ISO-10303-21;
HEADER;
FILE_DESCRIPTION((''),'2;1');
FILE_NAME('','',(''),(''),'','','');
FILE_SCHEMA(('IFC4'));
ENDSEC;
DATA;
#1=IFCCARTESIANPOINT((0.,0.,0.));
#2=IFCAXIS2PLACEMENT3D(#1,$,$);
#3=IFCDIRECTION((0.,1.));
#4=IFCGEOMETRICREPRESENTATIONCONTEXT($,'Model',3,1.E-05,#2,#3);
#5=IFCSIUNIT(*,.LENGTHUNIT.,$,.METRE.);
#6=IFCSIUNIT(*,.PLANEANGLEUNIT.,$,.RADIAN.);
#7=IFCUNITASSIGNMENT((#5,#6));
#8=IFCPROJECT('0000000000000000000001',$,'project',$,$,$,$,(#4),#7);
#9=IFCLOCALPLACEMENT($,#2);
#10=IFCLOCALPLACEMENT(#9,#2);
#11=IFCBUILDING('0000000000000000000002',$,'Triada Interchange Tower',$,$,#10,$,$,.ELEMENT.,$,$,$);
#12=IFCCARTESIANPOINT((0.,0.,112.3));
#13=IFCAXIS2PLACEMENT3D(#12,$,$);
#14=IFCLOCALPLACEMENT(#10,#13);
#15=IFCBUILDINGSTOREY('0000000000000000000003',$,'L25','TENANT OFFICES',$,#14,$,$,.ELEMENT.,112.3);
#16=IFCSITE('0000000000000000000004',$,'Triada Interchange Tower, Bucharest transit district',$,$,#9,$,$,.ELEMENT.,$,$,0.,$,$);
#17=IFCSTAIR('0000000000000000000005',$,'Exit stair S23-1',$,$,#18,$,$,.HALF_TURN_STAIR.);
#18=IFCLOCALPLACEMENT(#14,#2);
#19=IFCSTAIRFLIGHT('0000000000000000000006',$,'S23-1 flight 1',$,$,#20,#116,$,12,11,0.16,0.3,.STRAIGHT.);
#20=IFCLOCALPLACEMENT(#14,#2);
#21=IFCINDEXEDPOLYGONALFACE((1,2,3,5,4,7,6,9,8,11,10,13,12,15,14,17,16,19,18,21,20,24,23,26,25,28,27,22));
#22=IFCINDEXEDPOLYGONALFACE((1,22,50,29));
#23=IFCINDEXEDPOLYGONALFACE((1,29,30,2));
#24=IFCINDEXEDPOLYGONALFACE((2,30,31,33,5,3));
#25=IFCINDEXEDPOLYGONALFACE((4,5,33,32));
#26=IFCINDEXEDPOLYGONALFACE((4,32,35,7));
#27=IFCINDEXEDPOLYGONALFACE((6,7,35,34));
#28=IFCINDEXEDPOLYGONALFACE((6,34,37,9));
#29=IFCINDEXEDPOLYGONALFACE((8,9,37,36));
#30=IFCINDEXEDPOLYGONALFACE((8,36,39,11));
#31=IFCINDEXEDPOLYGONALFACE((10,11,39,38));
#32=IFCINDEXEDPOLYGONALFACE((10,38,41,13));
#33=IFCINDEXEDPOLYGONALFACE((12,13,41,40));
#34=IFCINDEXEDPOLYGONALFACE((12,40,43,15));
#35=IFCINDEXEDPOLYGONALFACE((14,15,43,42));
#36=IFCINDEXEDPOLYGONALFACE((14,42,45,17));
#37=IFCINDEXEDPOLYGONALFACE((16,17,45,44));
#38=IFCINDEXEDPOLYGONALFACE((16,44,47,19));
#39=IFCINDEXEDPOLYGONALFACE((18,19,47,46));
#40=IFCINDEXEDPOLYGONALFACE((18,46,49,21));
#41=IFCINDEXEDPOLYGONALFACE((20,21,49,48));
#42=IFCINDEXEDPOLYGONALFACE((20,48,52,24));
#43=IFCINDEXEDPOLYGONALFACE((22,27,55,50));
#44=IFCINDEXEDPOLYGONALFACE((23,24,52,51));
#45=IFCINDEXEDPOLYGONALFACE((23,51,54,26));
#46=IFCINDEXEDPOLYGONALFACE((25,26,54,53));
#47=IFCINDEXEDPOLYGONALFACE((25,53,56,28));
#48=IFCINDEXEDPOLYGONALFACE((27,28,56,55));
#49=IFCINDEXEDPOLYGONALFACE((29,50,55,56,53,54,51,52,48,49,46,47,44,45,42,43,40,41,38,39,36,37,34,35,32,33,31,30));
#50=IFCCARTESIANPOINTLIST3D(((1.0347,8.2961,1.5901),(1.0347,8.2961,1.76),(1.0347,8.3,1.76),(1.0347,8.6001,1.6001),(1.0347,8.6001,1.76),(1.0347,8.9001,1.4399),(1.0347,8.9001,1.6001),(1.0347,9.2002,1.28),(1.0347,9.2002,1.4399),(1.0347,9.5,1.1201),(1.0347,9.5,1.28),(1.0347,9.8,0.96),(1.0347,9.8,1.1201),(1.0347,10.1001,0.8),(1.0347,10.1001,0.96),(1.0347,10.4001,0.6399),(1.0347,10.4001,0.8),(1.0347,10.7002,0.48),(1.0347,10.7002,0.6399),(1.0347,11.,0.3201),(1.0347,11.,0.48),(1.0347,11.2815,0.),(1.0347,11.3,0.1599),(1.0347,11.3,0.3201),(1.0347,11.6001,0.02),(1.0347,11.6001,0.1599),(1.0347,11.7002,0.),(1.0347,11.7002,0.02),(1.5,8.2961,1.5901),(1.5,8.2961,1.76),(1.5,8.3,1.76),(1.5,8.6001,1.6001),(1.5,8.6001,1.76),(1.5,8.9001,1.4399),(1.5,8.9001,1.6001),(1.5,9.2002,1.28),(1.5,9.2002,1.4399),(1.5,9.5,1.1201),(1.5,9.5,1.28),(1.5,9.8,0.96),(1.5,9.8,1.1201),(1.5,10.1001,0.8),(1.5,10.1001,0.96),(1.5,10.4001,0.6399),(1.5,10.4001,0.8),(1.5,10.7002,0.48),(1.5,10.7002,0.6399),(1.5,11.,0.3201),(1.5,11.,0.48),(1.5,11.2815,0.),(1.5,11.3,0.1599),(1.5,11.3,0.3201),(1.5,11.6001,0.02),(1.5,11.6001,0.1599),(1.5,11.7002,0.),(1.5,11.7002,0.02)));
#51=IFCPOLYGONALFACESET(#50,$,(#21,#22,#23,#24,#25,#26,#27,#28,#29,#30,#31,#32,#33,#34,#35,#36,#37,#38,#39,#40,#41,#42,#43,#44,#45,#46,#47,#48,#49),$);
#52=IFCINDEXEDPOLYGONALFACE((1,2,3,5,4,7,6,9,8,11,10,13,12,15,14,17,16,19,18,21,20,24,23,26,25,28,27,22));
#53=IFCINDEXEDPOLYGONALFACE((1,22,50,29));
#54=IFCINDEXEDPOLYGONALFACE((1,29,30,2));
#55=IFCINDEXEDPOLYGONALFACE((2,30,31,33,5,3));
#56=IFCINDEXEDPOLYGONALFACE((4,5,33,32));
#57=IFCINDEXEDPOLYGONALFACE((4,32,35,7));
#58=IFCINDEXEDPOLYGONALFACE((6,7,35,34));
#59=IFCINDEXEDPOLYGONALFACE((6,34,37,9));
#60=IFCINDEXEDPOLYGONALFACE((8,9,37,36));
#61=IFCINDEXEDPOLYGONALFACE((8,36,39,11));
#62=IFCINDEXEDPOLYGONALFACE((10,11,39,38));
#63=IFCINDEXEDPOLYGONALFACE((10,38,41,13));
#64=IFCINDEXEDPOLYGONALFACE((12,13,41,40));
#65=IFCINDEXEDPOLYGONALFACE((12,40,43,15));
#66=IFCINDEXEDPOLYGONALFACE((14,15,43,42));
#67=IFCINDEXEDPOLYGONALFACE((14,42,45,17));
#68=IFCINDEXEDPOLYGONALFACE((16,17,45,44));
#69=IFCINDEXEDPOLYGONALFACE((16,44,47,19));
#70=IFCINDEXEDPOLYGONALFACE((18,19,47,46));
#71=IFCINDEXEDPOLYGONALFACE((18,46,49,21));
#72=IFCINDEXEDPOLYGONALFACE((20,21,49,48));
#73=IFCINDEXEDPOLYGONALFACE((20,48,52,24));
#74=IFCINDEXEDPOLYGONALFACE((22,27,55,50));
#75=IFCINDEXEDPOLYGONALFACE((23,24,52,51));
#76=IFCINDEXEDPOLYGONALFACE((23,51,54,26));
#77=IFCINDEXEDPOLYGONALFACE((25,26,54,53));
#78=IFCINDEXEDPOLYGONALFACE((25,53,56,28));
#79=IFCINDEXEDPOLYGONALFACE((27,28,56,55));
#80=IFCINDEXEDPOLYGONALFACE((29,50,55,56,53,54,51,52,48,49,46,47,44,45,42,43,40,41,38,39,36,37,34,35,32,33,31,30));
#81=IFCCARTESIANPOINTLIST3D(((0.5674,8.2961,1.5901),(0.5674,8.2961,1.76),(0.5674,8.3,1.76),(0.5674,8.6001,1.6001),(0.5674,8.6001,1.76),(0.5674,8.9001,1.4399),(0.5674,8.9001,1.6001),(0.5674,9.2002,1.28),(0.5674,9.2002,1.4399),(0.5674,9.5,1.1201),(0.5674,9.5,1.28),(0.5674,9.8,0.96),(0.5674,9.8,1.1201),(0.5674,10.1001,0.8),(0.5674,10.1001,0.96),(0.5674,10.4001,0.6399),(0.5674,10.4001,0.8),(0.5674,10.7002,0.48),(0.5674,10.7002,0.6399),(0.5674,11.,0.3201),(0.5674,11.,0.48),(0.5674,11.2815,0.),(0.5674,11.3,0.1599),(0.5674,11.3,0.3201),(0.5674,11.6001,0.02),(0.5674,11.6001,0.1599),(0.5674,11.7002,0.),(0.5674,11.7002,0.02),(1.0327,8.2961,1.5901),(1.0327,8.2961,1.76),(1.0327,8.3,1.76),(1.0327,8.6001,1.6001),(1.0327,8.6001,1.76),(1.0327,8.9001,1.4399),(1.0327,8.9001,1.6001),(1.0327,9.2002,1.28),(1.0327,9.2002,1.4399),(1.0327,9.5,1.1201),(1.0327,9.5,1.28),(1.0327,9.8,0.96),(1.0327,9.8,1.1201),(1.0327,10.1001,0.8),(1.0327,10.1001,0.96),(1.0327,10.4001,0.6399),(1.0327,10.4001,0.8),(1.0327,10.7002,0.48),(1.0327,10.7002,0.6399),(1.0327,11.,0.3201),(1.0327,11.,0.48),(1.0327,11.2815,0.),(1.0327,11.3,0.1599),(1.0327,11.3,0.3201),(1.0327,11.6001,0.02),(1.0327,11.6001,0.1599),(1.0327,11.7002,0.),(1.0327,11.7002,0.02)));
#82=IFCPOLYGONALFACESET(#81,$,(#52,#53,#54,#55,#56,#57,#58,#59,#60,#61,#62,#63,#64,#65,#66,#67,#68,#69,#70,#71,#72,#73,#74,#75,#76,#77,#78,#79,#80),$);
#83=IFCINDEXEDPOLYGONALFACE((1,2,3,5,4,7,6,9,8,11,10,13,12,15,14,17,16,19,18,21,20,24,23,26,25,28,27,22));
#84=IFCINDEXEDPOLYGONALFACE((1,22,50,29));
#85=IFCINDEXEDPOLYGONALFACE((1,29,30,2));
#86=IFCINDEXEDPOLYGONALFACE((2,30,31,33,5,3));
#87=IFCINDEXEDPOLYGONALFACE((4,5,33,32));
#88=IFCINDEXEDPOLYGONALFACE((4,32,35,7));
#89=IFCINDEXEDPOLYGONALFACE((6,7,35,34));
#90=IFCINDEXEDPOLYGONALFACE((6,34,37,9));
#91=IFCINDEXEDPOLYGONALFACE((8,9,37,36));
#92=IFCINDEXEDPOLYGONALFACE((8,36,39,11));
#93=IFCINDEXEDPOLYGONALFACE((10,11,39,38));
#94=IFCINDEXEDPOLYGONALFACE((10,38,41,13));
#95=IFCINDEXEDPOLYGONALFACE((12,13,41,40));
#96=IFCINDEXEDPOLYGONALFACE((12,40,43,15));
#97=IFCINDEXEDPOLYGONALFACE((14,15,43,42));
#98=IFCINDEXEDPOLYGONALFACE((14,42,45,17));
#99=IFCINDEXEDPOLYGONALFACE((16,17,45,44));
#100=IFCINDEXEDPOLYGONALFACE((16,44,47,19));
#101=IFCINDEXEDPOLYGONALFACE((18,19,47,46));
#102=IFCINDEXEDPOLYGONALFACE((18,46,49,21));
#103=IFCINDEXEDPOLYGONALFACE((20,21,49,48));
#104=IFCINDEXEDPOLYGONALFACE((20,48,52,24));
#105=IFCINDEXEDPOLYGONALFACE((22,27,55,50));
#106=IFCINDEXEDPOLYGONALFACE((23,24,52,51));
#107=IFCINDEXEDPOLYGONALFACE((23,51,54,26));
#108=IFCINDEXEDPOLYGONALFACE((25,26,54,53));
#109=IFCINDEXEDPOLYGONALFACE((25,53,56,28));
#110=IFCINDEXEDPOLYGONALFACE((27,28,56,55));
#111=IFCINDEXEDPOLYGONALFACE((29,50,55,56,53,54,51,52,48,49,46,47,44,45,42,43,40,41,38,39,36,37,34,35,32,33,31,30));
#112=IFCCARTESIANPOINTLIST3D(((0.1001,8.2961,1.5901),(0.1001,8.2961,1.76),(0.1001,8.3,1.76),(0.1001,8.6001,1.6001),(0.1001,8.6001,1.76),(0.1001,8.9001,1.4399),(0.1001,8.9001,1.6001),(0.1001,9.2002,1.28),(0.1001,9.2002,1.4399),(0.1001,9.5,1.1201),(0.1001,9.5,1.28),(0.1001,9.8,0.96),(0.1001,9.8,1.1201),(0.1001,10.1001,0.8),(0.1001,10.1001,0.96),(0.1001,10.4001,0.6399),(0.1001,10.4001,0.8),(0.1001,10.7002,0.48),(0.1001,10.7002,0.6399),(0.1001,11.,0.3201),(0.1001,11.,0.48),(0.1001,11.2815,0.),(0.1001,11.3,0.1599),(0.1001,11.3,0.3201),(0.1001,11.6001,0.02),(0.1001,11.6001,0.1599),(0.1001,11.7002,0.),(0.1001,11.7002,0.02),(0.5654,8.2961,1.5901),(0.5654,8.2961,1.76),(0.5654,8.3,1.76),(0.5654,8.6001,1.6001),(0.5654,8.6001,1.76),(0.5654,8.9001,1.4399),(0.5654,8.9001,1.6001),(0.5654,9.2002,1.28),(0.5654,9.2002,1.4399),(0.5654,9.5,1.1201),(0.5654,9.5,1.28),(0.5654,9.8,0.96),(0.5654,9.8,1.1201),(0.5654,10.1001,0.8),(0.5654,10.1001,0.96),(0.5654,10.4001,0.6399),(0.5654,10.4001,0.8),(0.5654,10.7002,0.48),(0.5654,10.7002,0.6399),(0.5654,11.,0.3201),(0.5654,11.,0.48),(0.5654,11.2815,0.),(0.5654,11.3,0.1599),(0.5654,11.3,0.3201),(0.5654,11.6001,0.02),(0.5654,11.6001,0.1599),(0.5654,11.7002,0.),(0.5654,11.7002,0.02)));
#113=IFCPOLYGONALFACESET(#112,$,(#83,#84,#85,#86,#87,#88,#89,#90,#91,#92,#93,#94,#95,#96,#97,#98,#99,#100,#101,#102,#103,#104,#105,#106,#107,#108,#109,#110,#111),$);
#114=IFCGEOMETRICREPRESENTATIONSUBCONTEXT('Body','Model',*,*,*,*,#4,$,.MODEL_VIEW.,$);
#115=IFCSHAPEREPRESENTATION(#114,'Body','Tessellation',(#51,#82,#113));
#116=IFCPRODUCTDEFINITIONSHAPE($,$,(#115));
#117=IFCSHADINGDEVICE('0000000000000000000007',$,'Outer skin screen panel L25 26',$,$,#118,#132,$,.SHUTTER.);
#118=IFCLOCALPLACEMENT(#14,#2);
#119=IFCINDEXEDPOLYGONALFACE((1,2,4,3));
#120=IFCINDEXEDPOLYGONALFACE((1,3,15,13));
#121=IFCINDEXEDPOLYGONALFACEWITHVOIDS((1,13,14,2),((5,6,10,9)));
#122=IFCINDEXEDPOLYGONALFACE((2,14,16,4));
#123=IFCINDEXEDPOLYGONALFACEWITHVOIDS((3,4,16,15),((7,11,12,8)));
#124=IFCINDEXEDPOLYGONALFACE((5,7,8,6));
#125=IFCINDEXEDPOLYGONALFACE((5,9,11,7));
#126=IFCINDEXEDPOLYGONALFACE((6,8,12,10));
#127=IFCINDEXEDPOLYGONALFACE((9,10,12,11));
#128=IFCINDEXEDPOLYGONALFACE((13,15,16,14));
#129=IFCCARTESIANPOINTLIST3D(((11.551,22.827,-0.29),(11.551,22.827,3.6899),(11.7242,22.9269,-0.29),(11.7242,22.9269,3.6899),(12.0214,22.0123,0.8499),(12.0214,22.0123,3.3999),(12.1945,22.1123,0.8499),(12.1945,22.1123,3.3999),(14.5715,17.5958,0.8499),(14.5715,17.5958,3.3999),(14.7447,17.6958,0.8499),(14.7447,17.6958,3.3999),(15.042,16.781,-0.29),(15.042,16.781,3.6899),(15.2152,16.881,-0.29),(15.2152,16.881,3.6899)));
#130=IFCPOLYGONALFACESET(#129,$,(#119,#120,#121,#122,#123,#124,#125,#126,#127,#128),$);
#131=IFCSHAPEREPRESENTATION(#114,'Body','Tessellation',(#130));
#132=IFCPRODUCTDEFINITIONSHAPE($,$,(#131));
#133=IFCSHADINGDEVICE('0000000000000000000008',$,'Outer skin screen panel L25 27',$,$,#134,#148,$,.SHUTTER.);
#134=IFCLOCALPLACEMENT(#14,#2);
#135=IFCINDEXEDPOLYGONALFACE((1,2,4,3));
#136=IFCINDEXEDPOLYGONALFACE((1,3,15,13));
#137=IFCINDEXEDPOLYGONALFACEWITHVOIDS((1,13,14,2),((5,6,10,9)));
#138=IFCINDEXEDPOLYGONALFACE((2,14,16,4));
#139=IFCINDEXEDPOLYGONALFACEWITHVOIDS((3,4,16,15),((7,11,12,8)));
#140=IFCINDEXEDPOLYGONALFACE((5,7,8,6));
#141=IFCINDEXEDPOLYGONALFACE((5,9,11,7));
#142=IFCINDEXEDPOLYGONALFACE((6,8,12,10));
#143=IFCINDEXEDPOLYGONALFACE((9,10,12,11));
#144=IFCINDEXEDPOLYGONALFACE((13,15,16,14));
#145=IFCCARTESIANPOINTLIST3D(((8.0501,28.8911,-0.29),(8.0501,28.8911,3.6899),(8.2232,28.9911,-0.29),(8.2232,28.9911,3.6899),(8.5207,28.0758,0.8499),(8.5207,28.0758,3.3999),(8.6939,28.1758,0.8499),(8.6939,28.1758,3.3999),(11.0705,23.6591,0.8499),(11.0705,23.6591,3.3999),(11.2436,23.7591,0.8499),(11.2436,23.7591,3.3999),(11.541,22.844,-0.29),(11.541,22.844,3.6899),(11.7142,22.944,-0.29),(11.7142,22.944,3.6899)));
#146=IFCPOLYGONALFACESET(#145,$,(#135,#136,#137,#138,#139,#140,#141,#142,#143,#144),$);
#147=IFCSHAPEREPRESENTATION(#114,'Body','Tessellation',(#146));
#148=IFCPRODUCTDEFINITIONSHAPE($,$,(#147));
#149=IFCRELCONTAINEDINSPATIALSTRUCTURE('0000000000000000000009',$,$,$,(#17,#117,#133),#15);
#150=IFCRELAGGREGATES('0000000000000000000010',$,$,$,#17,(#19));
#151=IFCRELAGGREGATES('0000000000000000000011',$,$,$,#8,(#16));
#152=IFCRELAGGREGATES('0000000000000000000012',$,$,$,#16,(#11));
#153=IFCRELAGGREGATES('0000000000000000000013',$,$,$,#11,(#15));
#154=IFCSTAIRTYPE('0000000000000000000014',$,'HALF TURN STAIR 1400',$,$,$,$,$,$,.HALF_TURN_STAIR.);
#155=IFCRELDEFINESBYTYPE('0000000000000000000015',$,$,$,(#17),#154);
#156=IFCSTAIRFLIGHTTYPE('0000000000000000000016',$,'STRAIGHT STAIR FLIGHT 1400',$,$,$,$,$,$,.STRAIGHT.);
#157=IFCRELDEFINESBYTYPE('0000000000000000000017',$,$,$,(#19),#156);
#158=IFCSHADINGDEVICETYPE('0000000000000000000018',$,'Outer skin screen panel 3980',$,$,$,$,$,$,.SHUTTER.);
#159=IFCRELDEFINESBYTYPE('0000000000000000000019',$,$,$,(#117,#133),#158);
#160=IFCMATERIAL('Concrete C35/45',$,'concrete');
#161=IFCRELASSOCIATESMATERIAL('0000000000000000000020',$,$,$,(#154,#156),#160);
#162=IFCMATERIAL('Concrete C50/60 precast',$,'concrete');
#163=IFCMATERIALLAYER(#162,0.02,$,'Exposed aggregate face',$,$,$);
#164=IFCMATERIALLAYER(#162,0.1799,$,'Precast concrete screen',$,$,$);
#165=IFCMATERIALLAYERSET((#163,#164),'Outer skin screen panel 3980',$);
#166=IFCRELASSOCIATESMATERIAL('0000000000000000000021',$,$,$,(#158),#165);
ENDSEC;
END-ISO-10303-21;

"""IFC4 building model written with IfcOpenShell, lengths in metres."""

from ifc_helpers import new_model, si_unit, direction, frame, origin, place, context, subcontext, project, spatial, polyline, outline, extrude, material, layer, layer_set, type_object, element, aggregate, save


model = new_model("IFC4")

# Units and contexts
model_context = context("Model", 3, precision=1e-05, world=origin(), true_north=direction((0.0, 1.0)))
body_context = subcontext(model_context, "Body", "Model", "MODEL_VIEW")
ifc_project = project(units=[si_unit("LENGTHUNIT", "METRE"), si_unit("PLANEANGLEUNIT", "RADIAN")], contexts=[model_context])

# Site, building, storey
site_placement = place(None, origin())
site = spatial("IfcSite", under=ifc_project, at=site_placement, Name="Triada Interchange Tower, Bucharest transit district", CompositionType="ELEMENT", RefElevation=0.0)
building_placement = place(site_placement, origin())
building = spatial("IfcBuilding", under=site, at=building_placement, Name="Triada Interchange Tower", CompositionType="ELEMENT")
storey_placement = place(building_placement, frame((0.0, 0.0, 112.3)))
storey = spatial("IfcBuildingStorey", under=building, at=storey_placement, Name="L25", Description="TENANT OFFICES", CompositionType="ELEMENT", Elevation=112.3)

# Stair, stair flight
ifc_material_1 = material(Name="Concrete C35/45", Category="concrete")
stair_type = type_object("IfcStairType", Name="HALF TURN STAIR 1400", PredefinedType="HALF_TURN_STAIR", material=ifc_material_1)
stair_placement = place(storey_placement, origin())
stair = element("IfcStair", 1, at=stair_placement, inside=storey, type_object=stair_type, Name="Exit stair S23-1", PredefinedType="HALF_TURN_STAIR")
stair_flight_type = type_object("IfcStairFlightType", Name="STRAIGHT STAIR FLIGHT 1400", PredefinedType="STRAIGHT", material=ifc_material_1)
stair_flight_placement = place(storey_placement, frame((0.8, 11.6001, 0.0), z_axis=(0.0, 0.0, 1.0), x_axis=(0.0, -1.0, 0.0)))
stair_flight = element("IfcStairFlight", 2, at=stair_flight_placement, type_object=stair_flight_type, Name="S23-1 flight 1", NumberOfRisers=12, NumberOfTreads=11, PredefinedType="STRAIGHT", RiserHeight=0.16, TreadLength=0.3, context=body_context, shape_type="SweptSolid", body=[
    extrude(outline(polyline([(-0.1001, 0.0), (-0.1001, 0.02), (0.0, 0.02), (0.0, 0.1599), (0.3, 0.1599), (0.3, 0.3201), (0.6001, 0.3201), (0.6001, 0.48), (0.8999, 0.48), (0.8999, 0.6399), (1.2, 0.6399), (1.2, 0.8), (1.5, 0.8), (1.5, 0.96), (1.8, 0.96), (1.8, 1.1201), (2.1001, 1.1201), (2.1001, 1.28), (2.3999, 1.28), (2.3999, 1.4399), (2.7, 1.4399), (2.7, 1.6001), (3.0, 1.6001), (3.0, 1.76), (3.3, 1.76), (3.304, 1.76), (3.304, 1.9199), (3.304, 1.5901), (0.3186, 0.0), (-0.1001, 0.0)])), frame((0.0, 0.7, 0.0), z_axis=(0.0, -1.0, 0.0), x_axis=(1.0, 0.0, 0.0)), (0.0, 0.0, 1.0), 0.4653),
    extrude(outline(polyline([(-0.1001, 0.0), (-0.1001, 0.02), (0.0, 0.02), (0.0, 0.1599), (0.3, 0.1599), (0.3, 0.3201), (0.6001, 0.3201), (0.6001, 0.48), (0.8999, 0.48), (0.8999, 0.6399), (1.2, 0.6399), (1.2, 0.8), (1.5, 0.8), (1.5, 0.96), (1.8, 0.96), (1.8, 1.1201), (2.1001, 1.1201), (2.1001, 1.28), (2.3999, 1.28), (2.3999, 1.4399), (2.7, 1.4399), (2.7, 1.6001), (3.0, 1.6001), (3.0, 1.76), (3.3, 1.76), (3.304, 1.76), (3.304, 1.9199), (3.304, 1.5901), (0.3186, 0.0), (-0.1001, 0.0)])), frame((0.0, 0.2327, 0.0), z_axis=(0.0, -1.0, 0.0), x_axis=(1.0, 0.0, 0.0)), (0.0, 0.0, 1.0), 0.4653),
    extrude(outline(polyline([(-0.1001, 0.0), (-0.1001, 0.02), (0.0, 0.02), (0.0, 0.1599), (0.3, 0.1599), (0.3, 0.3201), (0.6001, 0.3201), (0.6001, 0.48), (0.8999, 0.48), (0.8999, 0.6399), (1.2, 0.6399), (1.2, 0.8), (1.5, 0.8), (1.5, 0.96), (1.8, 0.96), (1.8, 1.1201), (2.1001, 1.1201), (2.1001, 1.28), (2.3999, 1.28), (2.3999, 1.4399), (2.7, 1.4399), (2.7, 1.6001), (3.0, 1.6001), (3.0, 1.76), (3.3, 1.76), (3.304, 1.76), (3.304, 1.9199), (3.304, 1.5901), (0.3186, 0.0), (-0.1001, 0.0)])), frame((0.0, -0.2346, 0.0), z_axis=(0.0, -1.0, 0.0), x_axis=(1.0, 0.0, 0.0)), (0.0, 0.0, 1.0), 0.4653),
])

# Shading devices
ifc_material_2 = material(Name="Concrete C50/60 precast", Category="concrete")
ifc_layer_1 = layer(ifc_material_2, 0.02, Name="Exposed aggregate face")
ifc_layer_2 = layer(ifc_material_2, 0.1799, Name="Precast concrete screen")
ifc_layer_set_1 = layer_set([ifc_layer_1, ifc_layer_2], Name="Outer skin screen panel 3980")
shading_device_type = type_object("IfcShadingDeviceType", Name="Outer skin screen panel 3980", PredefinedType="SHUTTER", material=ifc_layer_set_1)
shading_device_1_placement = place(storey_placement, frame((15.042, 16.781, -0.29), z_axis=(0.0, 0.0, 1.0), x_axis=(-0.500039, 0.866003, 0.0)))
element("IfcShadingDevice", 3, at=shading_device_1_placement, inside=storey, type_object=shading_device_type, Name="Outer skin screen panel L25 26", PredefinedType="SHUTTER", context=body_context, shape_type="SweptSolid", body=[
    extrude(outline(polyline([(0.0, 0.0), (6.9814, 0.0), (6.9814, 3.98), (0.0, 3.98), (0.0, 0.0)]), holes=[polyline([(0.9409, 1.1399), (0.9409, 3.6899), (6.0408, 3.6899), (6.0408, 1.1399), (0.9409, 1.1399)])]), frame((0.0, 0.0, 0.0), z_axis=(0.0, -1.0, 0.0), x_axis=(1.0, 0.0, 0.0)), (0.0, 0.0, 1.0), 0.2),
])
shading_device_2_placement = place(storey_placement, frame((11.541, 22.844, -0.29), z_axis=(0.0, 0.0, 1.0), x_axis=(-0.499964, 0.866046, 0.0)))
element("IfcShadingDevice", 4, at=shading_device_2_placement, inside=storey, type_object=shading_device_type, Name="Outer skin screen panel L25 27", PredefinedType="SHUTTER", context=body_context, shape_type="SweptSolid", body=[
    extrude(outline(polyline([(0.0, 0.0), (6.9824, 0.0), (6.9824, 3.98), (0.0, 3.98), (0.0, 0.0)]), holes=[polyline([(0.9412, 1.1399), (0.9412, 3.6899), (6.041, 3.6899), (6.041, 1.1399), (0.9412, 1.1399)])]), frame((0.0, 0.0, 0.0), z_axis=(0.0, -1.0, 0.0), x_axis=(1.0, 0.0, 0.0)), (0.0, 0.0, 1.0), 0.2),
])

aggregate(stair, [stair_flight])

save(model, "model.ifc")
